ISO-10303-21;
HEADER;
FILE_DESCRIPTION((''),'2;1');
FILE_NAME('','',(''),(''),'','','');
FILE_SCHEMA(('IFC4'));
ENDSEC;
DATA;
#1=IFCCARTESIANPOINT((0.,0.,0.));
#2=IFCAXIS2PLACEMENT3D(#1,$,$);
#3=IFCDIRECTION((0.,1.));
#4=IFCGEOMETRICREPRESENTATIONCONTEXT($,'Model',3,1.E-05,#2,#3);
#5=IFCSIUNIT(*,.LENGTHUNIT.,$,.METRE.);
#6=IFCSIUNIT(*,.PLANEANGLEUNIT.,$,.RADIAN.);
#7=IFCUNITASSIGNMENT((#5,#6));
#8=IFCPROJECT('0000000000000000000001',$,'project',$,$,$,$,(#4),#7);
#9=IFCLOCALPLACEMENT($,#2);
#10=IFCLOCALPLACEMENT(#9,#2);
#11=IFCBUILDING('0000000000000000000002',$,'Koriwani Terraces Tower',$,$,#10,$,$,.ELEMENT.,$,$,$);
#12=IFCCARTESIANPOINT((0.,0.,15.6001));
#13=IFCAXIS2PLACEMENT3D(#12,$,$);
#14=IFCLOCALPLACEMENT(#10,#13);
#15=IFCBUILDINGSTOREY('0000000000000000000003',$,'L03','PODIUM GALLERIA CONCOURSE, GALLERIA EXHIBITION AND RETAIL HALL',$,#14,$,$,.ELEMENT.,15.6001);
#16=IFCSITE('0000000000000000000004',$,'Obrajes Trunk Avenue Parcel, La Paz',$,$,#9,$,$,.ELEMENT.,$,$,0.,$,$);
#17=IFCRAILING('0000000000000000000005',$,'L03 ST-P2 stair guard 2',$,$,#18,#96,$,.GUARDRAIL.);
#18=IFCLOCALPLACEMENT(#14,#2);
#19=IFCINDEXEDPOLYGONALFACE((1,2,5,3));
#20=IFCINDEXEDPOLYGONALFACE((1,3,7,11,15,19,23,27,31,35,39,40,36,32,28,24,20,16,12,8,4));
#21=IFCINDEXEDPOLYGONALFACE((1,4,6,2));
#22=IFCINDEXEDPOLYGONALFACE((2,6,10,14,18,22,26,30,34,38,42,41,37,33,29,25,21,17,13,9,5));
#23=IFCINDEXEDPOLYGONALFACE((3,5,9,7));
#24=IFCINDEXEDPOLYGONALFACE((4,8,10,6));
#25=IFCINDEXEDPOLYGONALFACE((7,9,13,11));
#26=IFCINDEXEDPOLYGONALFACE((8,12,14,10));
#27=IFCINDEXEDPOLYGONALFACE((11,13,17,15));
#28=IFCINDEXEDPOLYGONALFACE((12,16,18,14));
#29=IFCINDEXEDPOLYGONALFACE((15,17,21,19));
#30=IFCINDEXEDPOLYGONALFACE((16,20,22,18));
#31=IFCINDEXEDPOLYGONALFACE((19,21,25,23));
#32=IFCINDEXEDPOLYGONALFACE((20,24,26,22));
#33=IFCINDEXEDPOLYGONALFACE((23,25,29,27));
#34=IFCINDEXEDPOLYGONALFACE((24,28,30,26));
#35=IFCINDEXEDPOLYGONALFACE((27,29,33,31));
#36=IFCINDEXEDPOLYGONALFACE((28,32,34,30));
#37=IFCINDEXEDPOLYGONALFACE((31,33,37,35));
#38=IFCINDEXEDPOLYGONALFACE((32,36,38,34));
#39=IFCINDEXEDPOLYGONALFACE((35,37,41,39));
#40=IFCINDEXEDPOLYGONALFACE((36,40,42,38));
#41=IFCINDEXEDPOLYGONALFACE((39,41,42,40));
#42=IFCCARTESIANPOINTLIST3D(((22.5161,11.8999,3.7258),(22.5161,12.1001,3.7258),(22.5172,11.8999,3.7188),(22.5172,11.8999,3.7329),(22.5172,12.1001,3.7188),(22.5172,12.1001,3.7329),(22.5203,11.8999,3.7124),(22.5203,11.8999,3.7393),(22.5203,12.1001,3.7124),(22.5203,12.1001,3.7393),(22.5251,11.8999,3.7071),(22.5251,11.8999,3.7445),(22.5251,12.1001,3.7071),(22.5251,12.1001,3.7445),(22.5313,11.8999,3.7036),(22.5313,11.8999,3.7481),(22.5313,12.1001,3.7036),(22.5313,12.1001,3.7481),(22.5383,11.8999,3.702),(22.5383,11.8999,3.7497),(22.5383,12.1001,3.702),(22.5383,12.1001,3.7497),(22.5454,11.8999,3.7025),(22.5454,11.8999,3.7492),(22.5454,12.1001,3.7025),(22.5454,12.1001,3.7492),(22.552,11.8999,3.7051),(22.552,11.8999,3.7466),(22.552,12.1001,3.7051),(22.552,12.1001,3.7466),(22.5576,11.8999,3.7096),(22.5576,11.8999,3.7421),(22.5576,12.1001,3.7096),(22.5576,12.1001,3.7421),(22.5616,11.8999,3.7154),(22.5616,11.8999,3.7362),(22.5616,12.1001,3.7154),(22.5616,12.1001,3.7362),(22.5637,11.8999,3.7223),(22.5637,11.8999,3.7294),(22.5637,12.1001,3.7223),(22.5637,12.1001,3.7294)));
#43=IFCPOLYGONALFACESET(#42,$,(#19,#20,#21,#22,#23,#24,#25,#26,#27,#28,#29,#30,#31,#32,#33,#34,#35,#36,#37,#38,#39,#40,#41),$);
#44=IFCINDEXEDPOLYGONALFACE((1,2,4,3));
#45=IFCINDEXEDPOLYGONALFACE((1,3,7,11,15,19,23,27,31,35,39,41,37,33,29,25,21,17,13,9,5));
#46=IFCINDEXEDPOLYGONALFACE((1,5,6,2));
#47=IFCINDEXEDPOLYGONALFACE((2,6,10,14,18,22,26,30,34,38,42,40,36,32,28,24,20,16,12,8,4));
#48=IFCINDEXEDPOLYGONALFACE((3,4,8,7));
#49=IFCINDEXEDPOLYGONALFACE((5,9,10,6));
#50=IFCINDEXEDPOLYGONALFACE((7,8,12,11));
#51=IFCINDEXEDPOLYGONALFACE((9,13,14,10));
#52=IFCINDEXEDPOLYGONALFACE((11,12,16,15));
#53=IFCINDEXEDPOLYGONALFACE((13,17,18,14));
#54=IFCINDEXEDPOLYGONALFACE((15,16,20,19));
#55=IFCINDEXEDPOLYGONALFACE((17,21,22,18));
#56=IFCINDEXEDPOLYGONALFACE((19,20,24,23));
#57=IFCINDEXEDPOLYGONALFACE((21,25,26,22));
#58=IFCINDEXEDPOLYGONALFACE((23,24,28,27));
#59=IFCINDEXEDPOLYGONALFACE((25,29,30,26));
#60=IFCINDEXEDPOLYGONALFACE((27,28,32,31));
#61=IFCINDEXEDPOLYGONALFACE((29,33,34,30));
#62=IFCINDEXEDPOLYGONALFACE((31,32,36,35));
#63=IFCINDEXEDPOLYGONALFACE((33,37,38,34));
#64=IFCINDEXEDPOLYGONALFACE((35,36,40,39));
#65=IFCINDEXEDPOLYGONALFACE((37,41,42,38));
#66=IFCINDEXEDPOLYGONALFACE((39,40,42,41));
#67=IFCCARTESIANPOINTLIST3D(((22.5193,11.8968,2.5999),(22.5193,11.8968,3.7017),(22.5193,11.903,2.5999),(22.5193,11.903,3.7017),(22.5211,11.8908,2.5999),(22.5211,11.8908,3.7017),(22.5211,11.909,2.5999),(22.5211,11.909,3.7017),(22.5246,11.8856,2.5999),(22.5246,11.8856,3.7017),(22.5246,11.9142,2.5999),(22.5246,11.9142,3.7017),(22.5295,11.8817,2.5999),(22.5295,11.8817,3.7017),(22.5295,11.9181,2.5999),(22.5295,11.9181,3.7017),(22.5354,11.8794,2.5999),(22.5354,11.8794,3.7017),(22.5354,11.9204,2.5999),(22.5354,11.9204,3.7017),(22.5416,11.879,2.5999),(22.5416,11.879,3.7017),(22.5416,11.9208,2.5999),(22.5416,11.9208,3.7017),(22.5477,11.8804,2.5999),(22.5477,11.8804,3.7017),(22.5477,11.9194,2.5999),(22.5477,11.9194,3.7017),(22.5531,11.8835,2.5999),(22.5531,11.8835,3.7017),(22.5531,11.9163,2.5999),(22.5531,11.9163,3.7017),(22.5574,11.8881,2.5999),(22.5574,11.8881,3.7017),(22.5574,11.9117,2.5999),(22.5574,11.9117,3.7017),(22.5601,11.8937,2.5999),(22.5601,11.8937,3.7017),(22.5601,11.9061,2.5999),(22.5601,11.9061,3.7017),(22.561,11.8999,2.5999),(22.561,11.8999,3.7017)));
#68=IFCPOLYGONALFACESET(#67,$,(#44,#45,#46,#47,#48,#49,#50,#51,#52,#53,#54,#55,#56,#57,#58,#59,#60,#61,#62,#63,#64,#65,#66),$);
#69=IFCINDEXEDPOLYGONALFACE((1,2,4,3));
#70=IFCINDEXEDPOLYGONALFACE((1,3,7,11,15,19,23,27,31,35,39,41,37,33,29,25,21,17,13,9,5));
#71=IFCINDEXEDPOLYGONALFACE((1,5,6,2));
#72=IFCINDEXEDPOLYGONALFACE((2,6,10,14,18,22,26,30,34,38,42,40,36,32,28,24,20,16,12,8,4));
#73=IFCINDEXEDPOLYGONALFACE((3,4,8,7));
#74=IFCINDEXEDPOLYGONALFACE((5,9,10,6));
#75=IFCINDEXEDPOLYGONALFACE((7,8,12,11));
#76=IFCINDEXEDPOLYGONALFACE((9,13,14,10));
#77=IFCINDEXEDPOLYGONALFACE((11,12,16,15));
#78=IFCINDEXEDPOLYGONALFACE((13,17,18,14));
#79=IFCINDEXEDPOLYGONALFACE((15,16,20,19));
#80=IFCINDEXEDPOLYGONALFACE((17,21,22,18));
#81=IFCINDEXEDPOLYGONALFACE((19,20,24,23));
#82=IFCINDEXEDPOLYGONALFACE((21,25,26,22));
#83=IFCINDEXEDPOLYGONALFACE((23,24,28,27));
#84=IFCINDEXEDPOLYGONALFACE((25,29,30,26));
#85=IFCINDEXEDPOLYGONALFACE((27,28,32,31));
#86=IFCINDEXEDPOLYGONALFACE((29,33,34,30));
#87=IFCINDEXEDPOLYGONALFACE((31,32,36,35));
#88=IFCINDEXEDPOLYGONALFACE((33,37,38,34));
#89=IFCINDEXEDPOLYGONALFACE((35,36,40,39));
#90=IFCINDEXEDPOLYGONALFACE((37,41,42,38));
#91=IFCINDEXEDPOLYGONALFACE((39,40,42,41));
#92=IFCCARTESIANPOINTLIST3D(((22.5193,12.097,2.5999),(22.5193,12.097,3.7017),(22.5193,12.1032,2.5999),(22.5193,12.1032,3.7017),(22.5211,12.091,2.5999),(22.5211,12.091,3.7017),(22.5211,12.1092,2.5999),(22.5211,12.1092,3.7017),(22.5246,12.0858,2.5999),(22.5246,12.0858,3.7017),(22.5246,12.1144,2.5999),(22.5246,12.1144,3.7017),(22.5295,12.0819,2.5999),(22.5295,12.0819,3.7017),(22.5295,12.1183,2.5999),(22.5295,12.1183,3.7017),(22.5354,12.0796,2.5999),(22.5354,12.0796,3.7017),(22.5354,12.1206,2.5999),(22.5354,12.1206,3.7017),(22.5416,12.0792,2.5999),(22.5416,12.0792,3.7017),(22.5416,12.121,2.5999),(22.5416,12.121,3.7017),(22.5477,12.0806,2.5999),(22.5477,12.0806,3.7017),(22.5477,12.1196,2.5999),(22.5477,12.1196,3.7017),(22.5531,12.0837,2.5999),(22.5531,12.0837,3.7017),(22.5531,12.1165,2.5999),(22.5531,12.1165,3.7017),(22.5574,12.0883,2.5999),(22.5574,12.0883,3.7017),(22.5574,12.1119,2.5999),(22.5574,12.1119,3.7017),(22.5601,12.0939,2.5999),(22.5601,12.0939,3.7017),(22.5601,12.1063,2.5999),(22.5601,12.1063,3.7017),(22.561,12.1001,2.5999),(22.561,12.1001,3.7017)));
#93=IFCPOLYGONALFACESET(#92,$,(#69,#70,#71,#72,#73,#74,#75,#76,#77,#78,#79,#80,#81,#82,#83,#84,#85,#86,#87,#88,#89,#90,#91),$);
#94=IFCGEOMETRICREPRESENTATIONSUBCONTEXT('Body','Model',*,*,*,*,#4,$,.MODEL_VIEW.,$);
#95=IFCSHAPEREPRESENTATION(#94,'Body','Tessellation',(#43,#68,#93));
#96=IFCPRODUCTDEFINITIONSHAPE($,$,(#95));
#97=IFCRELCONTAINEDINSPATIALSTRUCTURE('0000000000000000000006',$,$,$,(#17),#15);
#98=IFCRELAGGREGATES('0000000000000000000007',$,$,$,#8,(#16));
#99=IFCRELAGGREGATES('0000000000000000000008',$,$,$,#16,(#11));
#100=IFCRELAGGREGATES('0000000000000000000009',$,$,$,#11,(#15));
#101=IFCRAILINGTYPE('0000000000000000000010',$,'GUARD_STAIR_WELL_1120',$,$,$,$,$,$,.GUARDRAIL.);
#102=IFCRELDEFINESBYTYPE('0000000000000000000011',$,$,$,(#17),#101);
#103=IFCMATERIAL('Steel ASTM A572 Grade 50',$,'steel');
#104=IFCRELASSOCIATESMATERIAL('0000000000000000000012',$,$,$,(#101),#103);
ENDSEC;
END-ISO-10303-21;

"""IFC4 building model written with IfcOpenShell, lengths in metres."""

from ifc_helpers import new_model, si_unit, direction, frame, origin, origin_2d, place, context, subcontext, project, spatial, circle, extrude, material, type_object, element, save


model = new_model("IFC4")

# Units and contexts
model_context = context("Model", 3, precision=1e-05, world=origin(), true_north=direction((0.0, 1.0)))
body_context = subcontext(model_context, "Body", "Model", "MODEL_VIEW")
ifc_project = project(units=[si_unit("LENGTHUNIT", "METRE"), si_unit("PLANEANGLEUNIT", "RADIAN")], contexts=[model_context])

# Site, building, storey
site_placement = place(None, origin())
site = spatial("IfcSite", under=ifc_project, at=site_placement, Name="Obrajes Trunk Avenue Parcel, La Paz", CompositionType="ELEMENT", RefElevation=0.0)
building_placement = place(site_placement, origin())
building = spatial("IfcBuilding", under=site, at=building_placement, Name="Koriwani Terraces Tower", CompositionType="ELEMENT")
storey_placement = place(building_placement, frame((0.0, 0.0, 15.6001)))
storey = spatial("IfcBuildingStorey", under=building, at=storey_placement, Name="L03", Description="PODIUM GALLERIA CONCOURSE, GALLERIA EXHIBITION AND RETAIL HALL", CompositionType="ELEMENT", Elevation=15.6001)

# Shared definitions
ifc_material_1 = material(Name="Steel ASTM A572 Grade 50", Category="steel")

# Railing
railing_type_1 = type_object("IfcRailingType", Name="GUARD_STAIR_WELL_1120", PredefinedType="GUARDRAIL", material=ifc_material_1)
railing_1_placement = place(storey_placement, frame((22.54, 11.8999, 2.5999)))
element("IfcRailing", 1, at=railing_1_placement, inside=storey, type_object=railing_type_1, Name="L03 ST-P2 stair guard 2", PredefinedType="GUARDRAIL", context=body_context, shape_type="SweptSolid", body=[
    extrude(circle(Radius=0.0239, at=origin_2d()), frame((0.0, 0.0, 1.126), z_axis=(0.0, 1.0, 0.0), x_axis=(-1.0, 0.0, 0.0)), (0.0, 0.0, 1.0), 0.2002),
    extrude(circle(Radius=0.021, at=origin_2d()), origin(), (0.0, 0.0, 1.0), 1.1018),
    extrude(circle(Radius=0.021, at=origin_2d()), frame((0.0, 0.2002, 0.0)), (0.0, 0.0, 1.0), 1.1018),
])

save(model, "model.ifc")
